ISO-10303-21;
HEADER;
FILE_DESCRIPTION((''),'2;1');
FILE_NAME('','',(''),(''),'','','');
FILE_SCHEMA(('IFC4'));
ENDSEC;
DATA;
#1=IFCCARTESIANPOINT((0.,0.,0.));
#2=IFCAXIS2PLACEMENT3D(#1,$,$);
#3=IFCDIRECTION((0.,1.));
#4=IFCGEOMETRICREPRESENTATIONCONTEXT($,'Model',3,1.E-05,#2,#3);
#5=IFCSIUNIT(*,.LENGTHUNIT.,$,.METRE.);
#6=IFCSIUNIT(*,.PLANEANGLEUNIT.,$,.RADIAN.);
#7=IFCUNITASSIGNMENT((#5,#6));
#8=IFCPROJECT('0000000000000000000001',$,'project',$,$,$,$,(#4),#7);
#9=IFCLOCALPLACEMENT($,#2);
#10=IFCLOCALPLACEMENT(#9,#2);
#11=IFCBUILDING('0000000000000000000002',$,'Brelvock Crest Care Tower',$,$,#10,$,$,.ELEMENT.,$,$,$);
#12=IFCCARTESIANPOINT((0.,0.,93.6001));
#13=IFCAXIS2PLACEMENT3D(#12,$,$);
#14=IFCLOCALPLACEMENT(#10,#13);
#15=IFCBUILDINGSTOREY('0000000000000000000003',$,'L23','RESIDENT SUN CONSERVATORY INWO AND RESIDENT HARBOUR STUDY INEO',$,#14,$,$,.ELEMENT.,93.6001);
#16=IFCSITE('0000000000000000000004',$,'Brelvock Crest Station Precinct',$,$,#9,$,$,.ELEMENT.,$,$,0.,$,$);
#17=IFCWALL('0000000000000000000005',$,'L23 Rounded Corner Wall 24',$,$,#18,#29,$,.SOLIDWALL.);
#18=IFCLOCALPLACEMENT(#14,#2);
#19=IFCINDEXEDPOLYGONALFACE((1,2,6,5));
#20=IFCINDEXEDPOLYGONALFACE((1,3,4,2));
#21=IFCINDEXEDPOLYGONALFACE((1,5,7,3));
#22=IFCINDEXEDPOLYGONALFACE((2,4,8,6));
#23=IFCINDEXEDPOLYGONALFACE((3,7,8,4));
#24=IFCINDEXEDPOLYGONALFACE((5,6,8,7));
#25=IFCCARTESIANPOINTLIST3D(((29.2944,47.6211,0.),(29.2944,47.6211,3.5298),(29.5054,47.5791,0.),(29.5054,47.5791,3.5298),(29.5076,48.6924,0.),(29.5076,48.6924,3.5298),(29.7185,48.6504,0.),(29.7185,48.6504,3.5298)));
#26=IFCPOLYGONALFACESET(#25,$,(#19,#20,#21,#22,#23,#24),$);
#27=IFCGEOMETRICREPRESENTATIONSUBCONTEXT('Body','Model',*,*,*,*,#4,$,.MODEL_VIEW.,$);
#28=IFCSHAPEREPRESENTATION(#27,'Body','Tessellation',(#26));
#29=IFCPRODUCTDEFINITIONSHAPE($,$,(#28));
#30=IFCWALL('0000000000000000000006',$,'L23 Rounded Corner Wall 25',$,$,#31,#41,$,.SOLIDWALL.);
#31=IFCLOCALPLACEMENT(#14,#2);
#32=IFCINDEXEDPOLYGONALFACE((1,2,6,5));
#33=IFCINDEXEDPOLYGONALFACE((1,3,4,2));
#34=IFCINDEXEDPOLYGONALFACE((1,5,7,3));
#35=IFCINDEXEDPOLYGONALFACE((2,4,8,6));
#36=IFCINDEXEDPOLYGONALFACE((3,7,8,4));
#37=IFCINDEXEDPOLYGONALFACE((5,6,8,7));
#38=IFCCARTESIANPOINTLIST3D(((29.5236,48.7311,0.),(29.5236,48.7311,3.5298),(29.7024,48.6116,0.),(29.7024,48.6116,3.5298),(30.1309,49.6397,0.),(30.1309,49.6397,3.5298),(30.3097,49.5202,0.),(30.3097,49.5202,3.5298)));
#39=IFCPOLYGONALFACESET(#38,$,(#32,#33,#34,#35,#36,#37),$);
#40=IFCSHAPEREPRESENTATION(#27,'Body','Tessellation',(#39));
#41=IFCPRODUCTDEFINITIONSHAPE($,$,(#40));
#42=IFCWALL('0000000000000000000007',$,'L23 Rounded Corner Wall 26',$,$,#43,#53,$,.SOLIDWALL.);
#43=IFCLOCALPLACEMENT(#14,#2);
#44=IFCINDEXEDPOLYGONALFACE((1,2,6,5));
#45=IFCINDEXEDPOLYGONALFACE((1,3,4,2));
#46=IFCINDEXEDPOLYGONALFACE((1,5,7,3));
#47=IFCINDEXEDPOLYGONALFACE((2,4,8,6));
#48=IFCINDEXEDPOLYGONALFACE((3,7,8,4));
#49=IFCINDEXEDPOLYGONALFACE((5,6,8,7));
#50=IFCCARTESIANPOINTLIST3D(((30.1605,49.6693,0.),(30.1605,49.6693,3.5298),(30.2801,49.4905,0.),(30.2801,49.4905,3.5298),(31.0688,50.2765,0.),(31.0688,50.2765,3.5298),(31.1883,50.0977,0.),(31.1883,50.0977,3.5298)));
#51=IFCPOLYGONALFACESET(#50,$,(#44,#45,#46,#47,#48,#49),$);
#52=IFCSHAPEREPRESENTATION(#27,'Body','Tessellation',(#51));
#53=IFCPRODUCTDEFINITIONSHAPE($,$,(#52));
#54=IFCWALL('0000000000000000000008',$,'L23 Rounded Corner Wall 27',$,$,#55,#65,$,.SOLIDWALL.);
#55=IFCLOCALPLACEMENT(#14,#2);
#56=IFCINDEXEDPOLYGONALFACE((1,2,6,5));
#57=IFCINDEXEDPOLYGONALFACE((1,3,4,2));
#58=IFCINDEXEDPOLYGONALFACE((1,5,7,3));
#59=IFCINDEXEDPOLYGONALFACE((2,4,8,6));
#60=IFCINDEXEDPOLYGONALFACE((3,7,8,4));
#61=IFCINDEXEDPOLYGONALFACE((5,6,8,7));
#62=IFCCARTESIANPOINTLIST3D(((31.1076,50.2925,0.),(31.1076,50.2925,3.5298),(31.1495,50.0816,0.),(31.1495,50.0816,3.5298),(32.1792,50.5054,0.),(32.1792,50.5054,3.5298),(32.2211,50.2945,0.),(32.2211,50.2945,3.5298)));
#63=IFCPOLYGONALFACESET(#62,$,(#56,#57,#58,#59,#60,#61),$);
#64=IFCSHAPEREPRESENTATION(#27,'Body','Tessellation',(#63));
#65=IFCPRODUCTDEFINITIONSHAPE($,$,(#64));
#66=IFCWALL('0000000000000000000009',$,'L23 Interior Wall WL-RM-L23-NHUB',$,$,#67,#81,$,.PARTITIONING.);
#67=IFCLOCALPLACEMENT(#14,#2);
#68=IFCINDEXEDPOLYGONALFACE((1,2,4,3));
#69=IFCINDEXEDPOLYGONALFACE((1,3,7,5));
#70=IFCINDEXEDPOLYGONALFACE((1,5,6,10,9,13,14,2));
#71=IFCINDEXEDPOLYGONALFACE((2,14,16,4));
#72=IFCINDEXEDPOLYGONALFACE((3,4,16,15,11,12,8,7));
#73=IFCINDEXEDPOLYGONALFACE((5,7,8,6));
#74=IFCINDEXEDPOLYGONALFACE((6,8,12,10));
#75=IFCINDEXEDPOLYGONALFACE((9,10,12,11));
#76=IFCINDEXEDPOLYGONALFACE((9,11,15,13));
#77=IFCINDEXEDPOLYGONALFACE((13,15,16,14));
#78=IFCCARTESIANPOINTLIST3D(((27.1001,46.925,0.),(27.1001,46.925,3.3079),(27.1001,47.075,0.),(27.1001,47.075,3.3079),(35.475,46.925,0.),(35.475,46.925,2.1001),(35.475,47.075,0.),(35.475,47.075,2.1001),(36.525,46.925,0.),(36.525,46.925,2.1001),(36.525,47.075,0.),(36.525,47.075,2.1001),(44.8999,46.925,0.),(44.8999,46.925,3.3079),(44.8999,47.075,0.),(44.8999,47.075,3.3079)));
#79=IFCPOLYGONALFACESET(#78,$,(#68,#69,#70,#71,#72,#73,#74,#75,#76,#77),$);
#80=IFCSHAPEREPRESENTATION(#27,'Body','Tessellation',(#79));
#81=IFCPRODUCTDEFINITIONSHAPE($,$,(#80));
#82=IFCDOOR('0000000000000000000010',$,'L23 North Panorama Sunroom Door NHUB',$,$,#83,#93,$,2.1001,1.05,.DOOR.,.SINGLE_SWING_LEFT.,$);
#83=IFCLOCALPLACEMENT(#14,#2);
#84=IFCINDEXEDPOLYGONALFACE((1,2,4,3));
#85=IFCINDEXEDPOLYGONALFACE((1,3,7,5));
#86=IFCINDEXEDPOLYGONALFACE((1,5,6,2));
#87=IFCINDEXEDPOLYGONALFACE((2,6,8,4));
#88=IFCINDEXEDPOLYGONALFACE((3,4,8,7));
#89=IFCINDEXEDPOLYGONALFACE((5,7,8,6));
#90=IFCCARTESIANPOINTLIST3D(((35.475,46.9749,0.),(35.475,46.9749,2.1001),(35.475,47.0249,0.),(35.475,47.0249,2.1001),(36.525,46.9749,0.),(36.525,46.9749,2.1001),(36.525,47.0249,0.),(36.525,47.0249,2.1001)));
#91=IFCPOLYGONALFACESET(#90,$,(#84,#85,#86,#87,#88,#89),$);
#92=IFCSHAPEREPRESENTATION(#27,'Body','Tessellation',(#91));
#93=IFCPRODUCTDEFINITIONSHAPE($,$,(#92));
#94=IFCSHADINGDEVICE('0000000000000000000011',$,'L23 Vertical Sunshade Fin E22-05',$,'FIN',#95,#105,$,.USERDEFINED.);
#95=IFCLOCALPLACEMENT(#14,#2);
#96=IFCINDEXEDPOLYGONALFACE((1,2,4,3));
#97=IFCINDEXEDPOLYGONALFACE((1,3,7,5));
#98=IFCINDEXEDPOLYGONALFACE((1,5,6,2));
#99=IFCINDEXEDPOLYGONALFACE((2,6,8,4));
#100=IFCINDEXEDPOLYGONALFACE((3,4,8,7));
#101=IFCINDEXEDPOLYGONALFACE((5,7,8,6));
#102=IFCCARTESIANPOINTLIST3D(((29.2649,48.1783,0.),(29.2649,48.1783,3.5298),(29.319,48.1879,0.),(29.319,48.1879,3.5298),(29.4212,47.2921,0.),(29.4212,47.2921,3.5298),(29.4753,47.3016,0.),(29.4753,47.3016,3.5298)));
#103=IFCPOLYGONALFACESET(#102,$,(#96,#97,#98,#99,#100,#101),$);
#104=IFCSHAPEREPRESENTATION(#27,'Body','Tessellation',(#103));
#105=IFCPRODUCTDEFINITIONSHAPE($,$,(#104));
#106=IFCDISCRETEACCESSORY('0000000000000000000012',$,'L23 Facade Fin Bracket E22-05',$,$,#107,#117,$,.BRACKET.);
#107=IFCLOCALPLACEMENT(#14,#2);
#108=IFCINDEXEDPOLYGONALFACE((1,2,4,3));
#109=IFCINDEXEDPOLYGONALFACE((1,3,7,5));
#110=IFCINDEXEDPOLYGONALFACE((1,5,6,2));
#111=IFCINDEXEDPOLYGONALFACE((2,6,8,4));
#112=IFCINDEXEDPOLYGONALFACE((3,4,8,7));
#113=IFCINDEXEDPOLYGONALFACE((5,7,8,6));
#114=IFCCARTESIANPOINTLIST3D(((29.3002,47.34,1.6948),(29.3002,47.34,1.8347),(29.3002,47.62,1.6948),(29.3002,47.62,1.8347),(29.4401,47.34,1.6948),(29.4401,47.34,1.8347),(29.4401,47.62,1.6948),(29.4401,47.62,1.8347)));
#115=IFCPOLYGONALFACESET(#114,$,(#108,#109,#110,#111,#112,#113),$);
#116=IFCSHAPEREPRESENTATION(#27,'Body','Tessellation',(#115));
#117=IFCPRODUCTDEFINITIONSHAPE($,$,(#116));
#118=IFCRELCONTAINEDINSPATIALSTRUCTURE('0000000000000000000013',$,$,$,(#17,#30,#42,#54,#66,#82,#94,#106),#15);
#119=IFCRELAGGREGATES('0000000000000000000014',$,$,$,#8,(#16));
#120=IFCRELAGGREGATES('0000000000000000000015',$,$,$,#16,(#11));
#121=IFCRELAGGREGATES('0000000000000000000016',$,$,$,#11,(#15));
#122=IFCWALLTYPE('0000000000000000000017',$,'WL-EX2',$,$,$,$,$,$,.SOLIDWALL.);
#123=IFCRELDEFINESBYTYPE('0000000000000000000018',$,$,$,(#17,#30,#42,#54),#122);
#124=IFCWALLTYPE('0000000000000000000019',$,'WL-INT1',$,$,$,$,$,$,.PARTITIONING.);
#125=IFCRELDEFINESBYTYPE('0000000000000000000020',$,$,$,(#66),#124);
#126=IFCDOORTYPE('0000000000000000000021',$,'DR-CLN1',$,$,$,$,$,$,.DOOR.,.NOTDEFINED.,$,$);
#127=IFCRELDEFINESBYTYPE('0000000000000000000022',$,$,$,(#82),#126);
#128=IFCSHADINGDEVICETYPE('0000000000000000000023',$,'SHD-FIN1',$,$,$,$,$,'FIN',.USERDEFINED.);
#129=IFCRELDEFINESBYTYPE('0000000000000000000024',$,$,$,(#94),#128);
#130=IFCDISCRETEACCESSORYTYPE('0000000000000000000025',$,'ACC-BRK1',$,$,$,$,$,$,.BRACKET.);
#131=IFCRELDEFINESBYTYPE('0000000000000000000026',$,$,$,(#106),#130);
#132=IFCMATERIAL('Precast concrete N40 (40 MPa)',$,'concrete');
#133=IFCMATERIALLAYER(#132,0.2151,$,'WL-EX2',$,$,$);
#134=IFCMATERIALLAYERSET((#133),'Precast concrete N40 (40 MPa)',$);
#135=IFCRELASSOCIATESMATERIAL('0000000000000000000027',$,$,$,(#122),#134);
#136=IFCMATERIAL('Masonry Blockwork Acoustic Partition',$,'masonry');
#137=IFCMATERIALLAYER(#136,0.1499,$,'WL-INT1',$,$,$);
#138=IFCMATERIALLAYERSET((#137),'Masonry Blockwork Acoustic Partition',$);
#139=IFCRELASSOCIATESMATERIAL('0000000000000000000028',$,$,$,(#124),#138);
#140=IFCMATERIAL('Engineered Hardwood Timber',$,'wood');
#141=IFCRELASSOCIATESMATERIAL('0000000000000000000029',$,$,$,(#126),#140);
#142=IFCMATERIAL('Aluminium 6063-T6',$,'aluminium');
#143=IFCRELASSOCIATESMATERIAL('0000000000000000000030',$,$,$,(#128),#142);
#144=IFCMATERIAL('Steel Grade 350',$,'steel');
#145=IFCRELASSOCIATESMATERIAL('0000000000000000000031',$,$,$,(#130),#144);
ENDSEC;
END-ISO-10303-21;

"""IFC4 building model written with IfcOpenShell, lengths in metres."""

from ifc_helpers import new_model, si_unit, direction, frame, frame_2d, origin, origin_2d, place, context, subcontext, project, spatial, rectangle, extrude, source, transform, mapped, material, layer, layer_set, material_profile, profile_set, type_object, element, fill, save


model = new_model("IFC4")

# Units and contexts
model_context = context("Model", 3, precision=1e-05, world=origin(), true_north=direction((0.0, 1.0)))
body_context = subcontext(model_context, "Body", "Model", "MODEL_VIEW")
ifc_project = project(units=[si_unit("LENGTHUNIT", "METRE"), si_unit("PLANEANGLEUNIT", "RADIAN")], contexts=[model_context])

# Site, building, storey
site_placement = place(None, origin())
site = spatial("IfcSite", under=ifc_project, at=site_placement, Name="Brelvock Crest Station Precinct", CompositionType="ELEMENT", RefElevation=0.0)
building_placement = place(site_placement, origin())
building = spatial("IfcBuilding", under=site, at=building_placement, Name="Brelvock Crest Care Tower", CompositionType="ELEMENT")
storey_placement = place(building_placement, frame((0.0, 0.0, 93.6001)))
storey = spatial("IfcBuildingStorey", under=building, at=storey_placement, Name="L23", Description="RESIDENT SUN CONSERVATORY INWO AND RESIDENT HARBOUR STUDY INEO", CompositionType="ELEMENT", Elevation=93.6001)

# Shared definitions
ifc_material_1 = material(Name="Steel Grade 350", Category="steel")

# Shared definitions
ifc_material_2 = material(Name="Aluminium 6063-T6", Category="aluminium")

# Walls
ifc_material_3 = material(Name="Precast concrete N40 (40 MPa)", Category="concrete")
ifc_layer_1 = layer(ifc_material_3, 0.2151, Name="WL-EX2")
ifc_layer_set_1 = layer_set([ifc_layer_1], Name="Precast concrete N40 (40 MPa)")
wall_type_1 = type_object("IfcWallType", Name="WL-EX2", PredefinedType="SOLIDWALL", material=ifc_layer_set_1)
wall_1_placement = place(storey_placement, frame((29.3999, 47.6001, 0.0), z_axis=(0.0, 0.0, 1.0), x_axis=(0.195127, 0.980778, 0.0)))
element("IfcWall", 1, at=wall_1_placement, inside=storey, type_object=wall_type_1, Name="L23 Rounded Corner Wall 24", PredefinedType="SOLIDWALL", context=body_context, shape_type="SweptSolid", body=[
    extrude(rectangle(XDim=1.0923, YDim=0.2151, at=frame_2d((0.5461, 0.0))), origin(), (0.0, 0.0, 1.0), 3.5298),
])
wall_2_placement = place(storey_placement, frame((29.613, 48.6714, 0.0), z_axis=(0.0, 0.0, 1.0), x_axis=(0.555679, 0.831397, 0.0)))
element("IfcWall", 2, at=wall_2_placement, inside=storey, type_object=wall_type_1, Name="L23 Rounded Corner Wall 25", PredefinedType="SOLIDWALL", context=body_context, shape_type="SweptSolid", body=[
    extrude(rectangle(XDim=1.0928, YDim=0.2151, at=frame_2d((0.5464, 0.0))), origin(), (0.0, 0.0, 1.0), 3.5298),
])
for number, where, z_axis, x_axis, name in (
    (3, (30.2202, 49.5798, 0.0), (0.0, 0.0, 1.0), (0.831328, 0.555783, 0.0), "L23 Rounded Corner Wall 26"),
    (4, (31.1284, 50.187, 0.0), (0.0, 0.0, 1.0), (0.980829, 0.19487, 0.0), "L23 Rounded Corner Wall 27"),
):
    element("IfcWall", number, at=place(storey_placement, frame(where, z_axis=z_axis, x_axis=x_axis)), inside=storey, type_object=wall_type_1, Name=name, PredefinedType="SOLIDWALL", context=body_context, shape_type="SweptSolid", body=[
        extrude(rectangle(XDim=1.0925, YDim=0.2151, at=frame_2d((0.5464, 0.0))), origin(), (0.0, 0.0, 1.0), 3.5298),
    ])

# Wall, opening, door
ifc_material_4 = material(Name="Masonry Blockwork Acoustic Partition", Category="masonry")
ifc_layer_2 = layer(ifc_material_4, 0.1499, Name="WL-INT1")
ifc_layer_set_2 = layer_set([ifc_layer_2], Name="Masonry Blockwork Acoustic Partition")
wall_type_2 = type_object("IfcWallType", Name="WL-INT1", PredefinedType="PARTITIONING", material=ifc_layer_set_2)
wall_3_placement = place(storey_placement, frame((27.1001, 47.0, 0.0), z_axis=(0.0, 0.0, 1.0), x_axis=(1.0, 0.0, 0.0)))
wall_3 = element("IfcWall", 5, at=wall_3_placement, inside=storey, type_object=wall_type_2, Name="L23 Interior Wall WL-RM-L23-NHUB", PredefinedType="PARTITIONING", context=body_context, shape_type="SweptSolid", body=[
    extrude(rectangle(XDim=17.7998, YDim=0.1499, at=frame_2d((8.8999, 0.0))), origin(), (0.0, 0.0, 1.0), 3.3079),
])
opening_placement = place(wall_3_placement, frame((8.375, 0.0, 0.0)))
opening = element("IfcOpeningElement", 6, at=opening_placement, cuts=wall_3, PredefinedType="OPENING", context=body_context, shape_type="SweptSolid", body=[
    extrude(rectangle(XDim=1.05, YDim=2.1001, at=origin_2d()), frame((0.5249, 0.085, 1.05), z_axis=(0.0, -1.0, 0.0), x_axis=(1.0, 0.0, 0.0)), (0.0, 0.0, 1.0), 0.1699),
])
ifc_material_5 = material(Name="Engineered Hardwood Timber", Category="wood")
door_type = type_object("IfcDoorType", Name="DR-CLN1", OperationType="NOTDEFINED", PredefinedType="DOOR", material=ifc_material_5)
shared_shape_1 = source(origin(), body_context, "Body", "SweptSolid", [
    extrude(rectangle(XDim=1.05, YDim=2.1001, at=origin_2d()), frame((0.5249, 0.0249, 1.05), z_axis=(0.0, -1.0, 0.0), x_axis=(1.0, 0.0, 0.0)), (0.0, 0.0, 1.0), 0.05),
])
door_placement = place(opening_placement, origin())
door = element("IfcDoor", 7, at=door_placement, inside=storey, type_object=door_type, Name="L23 North Panorama Sunroom Door NHUB", OperationType="SINGLE_SWING_LEFT", OverallHeight=2.1001, OverallWidth=1.05, PredefinedType="DOOR", context=body_context, shape_type="MappedRepresentation", body=[
    mapped(shared_shape_1, transform((0.0, 0.0, 0.0), x_axis=(1.0, 0.0, 0.0), y_axis=(0.0, 1.0, 0.0), z_axis=(0.0, 0.0, 1.0), scale=1.0)),
])
fill(opening, door)

# Shading device
ifc_material_profile_1 = material_profile(ifc_material_2, rectangle(XDim=0.0549, YDim=0.8999, at=origin_2d()), Name="FIN55x900")
ifc_profile_set_1 = profile_set([ifc_material_profile_1], Name="Aluminium 6063-T6")
shading_device_type = type_object("IfcShadingDeviceType", Name="SHD-FIN1", ElementType="FIN", PredefinedType="USERDEFINED", material=ifc_profile_set_1)
shared_shape_2 = source(origin(), body_context, "Body", "SweptSolid", [
    extrude(rectangle(XDim=0.0549, YDim=0.8999, at=origin_2d()), origin(), (0.0, 0.0, 1.0), 3.5298),
])
shading_device_placement = place(storey_placement, frame((29.3701, 47.74, 0.0), z_axis=(0.0, 0.0, 1.0), x_axis=(0.984808, 0.173648, 0.0)))
element("IfcShadingDevice", 8, at=shading_device_placement, inside=storey, type_object=shading_device_type, Name="L23 Vertical Sunshade Fin E22-05", ObjectType="FIN", PredefinedType="USERDEFINED", context=body_context, shape_type="MappedRepresentation", body=[
    mapped(shared_shape_2, transform((0.0, 0.0, 0.0), x_axis=(1.0, 0.0, 0.0), y_axis=(0.0, 1.0, 0.0), z_axis=(0.0, 0.0, 1.0), scale=1.0)),
])

# Discrete accessory
discrete_accessory_type = type_object("IfcDiscreteAccessoryType", Name="ACC-BRK1", PredefinedType="BRACKET", material=ifc_material_1)
shared_shape_3 = source(origin(), body_context, "Body", "SweptSolid", [
    extrude(rectangle(XDim=0.28, YDim=0.1399, at=origin_2d()), origin(), (0.0, 0.0, 1.0), 0.1399),
])
discrete_accessory_placement = place(storey_placement, frame((29.3701, 47.48, 1.6948), z_axis=(0.0, 0.0, 1.0), x_axis=(0.0, 1.0, 0.0)))
element("IfcDiscreteAccessory", 9, at=discrete_accessory_placement, inside=storey, type_object=discrete_accessory_type, Name="L23 Facade Fin Bracket E22-05", PredefinedType="BRACKET", context=body_context, shape_type="MappedRepresentation", body=[
    mapped(shared_shape_3, transform((0.0, 0.0, 0.0), x_axis=(1.0, 0.0, 0.0), y_axis=(0.0, 1.0, 0.0), z_axis=(0.0, 0.0, 1.0), scale=1.0)),
])

save(model, "model.ifc")
